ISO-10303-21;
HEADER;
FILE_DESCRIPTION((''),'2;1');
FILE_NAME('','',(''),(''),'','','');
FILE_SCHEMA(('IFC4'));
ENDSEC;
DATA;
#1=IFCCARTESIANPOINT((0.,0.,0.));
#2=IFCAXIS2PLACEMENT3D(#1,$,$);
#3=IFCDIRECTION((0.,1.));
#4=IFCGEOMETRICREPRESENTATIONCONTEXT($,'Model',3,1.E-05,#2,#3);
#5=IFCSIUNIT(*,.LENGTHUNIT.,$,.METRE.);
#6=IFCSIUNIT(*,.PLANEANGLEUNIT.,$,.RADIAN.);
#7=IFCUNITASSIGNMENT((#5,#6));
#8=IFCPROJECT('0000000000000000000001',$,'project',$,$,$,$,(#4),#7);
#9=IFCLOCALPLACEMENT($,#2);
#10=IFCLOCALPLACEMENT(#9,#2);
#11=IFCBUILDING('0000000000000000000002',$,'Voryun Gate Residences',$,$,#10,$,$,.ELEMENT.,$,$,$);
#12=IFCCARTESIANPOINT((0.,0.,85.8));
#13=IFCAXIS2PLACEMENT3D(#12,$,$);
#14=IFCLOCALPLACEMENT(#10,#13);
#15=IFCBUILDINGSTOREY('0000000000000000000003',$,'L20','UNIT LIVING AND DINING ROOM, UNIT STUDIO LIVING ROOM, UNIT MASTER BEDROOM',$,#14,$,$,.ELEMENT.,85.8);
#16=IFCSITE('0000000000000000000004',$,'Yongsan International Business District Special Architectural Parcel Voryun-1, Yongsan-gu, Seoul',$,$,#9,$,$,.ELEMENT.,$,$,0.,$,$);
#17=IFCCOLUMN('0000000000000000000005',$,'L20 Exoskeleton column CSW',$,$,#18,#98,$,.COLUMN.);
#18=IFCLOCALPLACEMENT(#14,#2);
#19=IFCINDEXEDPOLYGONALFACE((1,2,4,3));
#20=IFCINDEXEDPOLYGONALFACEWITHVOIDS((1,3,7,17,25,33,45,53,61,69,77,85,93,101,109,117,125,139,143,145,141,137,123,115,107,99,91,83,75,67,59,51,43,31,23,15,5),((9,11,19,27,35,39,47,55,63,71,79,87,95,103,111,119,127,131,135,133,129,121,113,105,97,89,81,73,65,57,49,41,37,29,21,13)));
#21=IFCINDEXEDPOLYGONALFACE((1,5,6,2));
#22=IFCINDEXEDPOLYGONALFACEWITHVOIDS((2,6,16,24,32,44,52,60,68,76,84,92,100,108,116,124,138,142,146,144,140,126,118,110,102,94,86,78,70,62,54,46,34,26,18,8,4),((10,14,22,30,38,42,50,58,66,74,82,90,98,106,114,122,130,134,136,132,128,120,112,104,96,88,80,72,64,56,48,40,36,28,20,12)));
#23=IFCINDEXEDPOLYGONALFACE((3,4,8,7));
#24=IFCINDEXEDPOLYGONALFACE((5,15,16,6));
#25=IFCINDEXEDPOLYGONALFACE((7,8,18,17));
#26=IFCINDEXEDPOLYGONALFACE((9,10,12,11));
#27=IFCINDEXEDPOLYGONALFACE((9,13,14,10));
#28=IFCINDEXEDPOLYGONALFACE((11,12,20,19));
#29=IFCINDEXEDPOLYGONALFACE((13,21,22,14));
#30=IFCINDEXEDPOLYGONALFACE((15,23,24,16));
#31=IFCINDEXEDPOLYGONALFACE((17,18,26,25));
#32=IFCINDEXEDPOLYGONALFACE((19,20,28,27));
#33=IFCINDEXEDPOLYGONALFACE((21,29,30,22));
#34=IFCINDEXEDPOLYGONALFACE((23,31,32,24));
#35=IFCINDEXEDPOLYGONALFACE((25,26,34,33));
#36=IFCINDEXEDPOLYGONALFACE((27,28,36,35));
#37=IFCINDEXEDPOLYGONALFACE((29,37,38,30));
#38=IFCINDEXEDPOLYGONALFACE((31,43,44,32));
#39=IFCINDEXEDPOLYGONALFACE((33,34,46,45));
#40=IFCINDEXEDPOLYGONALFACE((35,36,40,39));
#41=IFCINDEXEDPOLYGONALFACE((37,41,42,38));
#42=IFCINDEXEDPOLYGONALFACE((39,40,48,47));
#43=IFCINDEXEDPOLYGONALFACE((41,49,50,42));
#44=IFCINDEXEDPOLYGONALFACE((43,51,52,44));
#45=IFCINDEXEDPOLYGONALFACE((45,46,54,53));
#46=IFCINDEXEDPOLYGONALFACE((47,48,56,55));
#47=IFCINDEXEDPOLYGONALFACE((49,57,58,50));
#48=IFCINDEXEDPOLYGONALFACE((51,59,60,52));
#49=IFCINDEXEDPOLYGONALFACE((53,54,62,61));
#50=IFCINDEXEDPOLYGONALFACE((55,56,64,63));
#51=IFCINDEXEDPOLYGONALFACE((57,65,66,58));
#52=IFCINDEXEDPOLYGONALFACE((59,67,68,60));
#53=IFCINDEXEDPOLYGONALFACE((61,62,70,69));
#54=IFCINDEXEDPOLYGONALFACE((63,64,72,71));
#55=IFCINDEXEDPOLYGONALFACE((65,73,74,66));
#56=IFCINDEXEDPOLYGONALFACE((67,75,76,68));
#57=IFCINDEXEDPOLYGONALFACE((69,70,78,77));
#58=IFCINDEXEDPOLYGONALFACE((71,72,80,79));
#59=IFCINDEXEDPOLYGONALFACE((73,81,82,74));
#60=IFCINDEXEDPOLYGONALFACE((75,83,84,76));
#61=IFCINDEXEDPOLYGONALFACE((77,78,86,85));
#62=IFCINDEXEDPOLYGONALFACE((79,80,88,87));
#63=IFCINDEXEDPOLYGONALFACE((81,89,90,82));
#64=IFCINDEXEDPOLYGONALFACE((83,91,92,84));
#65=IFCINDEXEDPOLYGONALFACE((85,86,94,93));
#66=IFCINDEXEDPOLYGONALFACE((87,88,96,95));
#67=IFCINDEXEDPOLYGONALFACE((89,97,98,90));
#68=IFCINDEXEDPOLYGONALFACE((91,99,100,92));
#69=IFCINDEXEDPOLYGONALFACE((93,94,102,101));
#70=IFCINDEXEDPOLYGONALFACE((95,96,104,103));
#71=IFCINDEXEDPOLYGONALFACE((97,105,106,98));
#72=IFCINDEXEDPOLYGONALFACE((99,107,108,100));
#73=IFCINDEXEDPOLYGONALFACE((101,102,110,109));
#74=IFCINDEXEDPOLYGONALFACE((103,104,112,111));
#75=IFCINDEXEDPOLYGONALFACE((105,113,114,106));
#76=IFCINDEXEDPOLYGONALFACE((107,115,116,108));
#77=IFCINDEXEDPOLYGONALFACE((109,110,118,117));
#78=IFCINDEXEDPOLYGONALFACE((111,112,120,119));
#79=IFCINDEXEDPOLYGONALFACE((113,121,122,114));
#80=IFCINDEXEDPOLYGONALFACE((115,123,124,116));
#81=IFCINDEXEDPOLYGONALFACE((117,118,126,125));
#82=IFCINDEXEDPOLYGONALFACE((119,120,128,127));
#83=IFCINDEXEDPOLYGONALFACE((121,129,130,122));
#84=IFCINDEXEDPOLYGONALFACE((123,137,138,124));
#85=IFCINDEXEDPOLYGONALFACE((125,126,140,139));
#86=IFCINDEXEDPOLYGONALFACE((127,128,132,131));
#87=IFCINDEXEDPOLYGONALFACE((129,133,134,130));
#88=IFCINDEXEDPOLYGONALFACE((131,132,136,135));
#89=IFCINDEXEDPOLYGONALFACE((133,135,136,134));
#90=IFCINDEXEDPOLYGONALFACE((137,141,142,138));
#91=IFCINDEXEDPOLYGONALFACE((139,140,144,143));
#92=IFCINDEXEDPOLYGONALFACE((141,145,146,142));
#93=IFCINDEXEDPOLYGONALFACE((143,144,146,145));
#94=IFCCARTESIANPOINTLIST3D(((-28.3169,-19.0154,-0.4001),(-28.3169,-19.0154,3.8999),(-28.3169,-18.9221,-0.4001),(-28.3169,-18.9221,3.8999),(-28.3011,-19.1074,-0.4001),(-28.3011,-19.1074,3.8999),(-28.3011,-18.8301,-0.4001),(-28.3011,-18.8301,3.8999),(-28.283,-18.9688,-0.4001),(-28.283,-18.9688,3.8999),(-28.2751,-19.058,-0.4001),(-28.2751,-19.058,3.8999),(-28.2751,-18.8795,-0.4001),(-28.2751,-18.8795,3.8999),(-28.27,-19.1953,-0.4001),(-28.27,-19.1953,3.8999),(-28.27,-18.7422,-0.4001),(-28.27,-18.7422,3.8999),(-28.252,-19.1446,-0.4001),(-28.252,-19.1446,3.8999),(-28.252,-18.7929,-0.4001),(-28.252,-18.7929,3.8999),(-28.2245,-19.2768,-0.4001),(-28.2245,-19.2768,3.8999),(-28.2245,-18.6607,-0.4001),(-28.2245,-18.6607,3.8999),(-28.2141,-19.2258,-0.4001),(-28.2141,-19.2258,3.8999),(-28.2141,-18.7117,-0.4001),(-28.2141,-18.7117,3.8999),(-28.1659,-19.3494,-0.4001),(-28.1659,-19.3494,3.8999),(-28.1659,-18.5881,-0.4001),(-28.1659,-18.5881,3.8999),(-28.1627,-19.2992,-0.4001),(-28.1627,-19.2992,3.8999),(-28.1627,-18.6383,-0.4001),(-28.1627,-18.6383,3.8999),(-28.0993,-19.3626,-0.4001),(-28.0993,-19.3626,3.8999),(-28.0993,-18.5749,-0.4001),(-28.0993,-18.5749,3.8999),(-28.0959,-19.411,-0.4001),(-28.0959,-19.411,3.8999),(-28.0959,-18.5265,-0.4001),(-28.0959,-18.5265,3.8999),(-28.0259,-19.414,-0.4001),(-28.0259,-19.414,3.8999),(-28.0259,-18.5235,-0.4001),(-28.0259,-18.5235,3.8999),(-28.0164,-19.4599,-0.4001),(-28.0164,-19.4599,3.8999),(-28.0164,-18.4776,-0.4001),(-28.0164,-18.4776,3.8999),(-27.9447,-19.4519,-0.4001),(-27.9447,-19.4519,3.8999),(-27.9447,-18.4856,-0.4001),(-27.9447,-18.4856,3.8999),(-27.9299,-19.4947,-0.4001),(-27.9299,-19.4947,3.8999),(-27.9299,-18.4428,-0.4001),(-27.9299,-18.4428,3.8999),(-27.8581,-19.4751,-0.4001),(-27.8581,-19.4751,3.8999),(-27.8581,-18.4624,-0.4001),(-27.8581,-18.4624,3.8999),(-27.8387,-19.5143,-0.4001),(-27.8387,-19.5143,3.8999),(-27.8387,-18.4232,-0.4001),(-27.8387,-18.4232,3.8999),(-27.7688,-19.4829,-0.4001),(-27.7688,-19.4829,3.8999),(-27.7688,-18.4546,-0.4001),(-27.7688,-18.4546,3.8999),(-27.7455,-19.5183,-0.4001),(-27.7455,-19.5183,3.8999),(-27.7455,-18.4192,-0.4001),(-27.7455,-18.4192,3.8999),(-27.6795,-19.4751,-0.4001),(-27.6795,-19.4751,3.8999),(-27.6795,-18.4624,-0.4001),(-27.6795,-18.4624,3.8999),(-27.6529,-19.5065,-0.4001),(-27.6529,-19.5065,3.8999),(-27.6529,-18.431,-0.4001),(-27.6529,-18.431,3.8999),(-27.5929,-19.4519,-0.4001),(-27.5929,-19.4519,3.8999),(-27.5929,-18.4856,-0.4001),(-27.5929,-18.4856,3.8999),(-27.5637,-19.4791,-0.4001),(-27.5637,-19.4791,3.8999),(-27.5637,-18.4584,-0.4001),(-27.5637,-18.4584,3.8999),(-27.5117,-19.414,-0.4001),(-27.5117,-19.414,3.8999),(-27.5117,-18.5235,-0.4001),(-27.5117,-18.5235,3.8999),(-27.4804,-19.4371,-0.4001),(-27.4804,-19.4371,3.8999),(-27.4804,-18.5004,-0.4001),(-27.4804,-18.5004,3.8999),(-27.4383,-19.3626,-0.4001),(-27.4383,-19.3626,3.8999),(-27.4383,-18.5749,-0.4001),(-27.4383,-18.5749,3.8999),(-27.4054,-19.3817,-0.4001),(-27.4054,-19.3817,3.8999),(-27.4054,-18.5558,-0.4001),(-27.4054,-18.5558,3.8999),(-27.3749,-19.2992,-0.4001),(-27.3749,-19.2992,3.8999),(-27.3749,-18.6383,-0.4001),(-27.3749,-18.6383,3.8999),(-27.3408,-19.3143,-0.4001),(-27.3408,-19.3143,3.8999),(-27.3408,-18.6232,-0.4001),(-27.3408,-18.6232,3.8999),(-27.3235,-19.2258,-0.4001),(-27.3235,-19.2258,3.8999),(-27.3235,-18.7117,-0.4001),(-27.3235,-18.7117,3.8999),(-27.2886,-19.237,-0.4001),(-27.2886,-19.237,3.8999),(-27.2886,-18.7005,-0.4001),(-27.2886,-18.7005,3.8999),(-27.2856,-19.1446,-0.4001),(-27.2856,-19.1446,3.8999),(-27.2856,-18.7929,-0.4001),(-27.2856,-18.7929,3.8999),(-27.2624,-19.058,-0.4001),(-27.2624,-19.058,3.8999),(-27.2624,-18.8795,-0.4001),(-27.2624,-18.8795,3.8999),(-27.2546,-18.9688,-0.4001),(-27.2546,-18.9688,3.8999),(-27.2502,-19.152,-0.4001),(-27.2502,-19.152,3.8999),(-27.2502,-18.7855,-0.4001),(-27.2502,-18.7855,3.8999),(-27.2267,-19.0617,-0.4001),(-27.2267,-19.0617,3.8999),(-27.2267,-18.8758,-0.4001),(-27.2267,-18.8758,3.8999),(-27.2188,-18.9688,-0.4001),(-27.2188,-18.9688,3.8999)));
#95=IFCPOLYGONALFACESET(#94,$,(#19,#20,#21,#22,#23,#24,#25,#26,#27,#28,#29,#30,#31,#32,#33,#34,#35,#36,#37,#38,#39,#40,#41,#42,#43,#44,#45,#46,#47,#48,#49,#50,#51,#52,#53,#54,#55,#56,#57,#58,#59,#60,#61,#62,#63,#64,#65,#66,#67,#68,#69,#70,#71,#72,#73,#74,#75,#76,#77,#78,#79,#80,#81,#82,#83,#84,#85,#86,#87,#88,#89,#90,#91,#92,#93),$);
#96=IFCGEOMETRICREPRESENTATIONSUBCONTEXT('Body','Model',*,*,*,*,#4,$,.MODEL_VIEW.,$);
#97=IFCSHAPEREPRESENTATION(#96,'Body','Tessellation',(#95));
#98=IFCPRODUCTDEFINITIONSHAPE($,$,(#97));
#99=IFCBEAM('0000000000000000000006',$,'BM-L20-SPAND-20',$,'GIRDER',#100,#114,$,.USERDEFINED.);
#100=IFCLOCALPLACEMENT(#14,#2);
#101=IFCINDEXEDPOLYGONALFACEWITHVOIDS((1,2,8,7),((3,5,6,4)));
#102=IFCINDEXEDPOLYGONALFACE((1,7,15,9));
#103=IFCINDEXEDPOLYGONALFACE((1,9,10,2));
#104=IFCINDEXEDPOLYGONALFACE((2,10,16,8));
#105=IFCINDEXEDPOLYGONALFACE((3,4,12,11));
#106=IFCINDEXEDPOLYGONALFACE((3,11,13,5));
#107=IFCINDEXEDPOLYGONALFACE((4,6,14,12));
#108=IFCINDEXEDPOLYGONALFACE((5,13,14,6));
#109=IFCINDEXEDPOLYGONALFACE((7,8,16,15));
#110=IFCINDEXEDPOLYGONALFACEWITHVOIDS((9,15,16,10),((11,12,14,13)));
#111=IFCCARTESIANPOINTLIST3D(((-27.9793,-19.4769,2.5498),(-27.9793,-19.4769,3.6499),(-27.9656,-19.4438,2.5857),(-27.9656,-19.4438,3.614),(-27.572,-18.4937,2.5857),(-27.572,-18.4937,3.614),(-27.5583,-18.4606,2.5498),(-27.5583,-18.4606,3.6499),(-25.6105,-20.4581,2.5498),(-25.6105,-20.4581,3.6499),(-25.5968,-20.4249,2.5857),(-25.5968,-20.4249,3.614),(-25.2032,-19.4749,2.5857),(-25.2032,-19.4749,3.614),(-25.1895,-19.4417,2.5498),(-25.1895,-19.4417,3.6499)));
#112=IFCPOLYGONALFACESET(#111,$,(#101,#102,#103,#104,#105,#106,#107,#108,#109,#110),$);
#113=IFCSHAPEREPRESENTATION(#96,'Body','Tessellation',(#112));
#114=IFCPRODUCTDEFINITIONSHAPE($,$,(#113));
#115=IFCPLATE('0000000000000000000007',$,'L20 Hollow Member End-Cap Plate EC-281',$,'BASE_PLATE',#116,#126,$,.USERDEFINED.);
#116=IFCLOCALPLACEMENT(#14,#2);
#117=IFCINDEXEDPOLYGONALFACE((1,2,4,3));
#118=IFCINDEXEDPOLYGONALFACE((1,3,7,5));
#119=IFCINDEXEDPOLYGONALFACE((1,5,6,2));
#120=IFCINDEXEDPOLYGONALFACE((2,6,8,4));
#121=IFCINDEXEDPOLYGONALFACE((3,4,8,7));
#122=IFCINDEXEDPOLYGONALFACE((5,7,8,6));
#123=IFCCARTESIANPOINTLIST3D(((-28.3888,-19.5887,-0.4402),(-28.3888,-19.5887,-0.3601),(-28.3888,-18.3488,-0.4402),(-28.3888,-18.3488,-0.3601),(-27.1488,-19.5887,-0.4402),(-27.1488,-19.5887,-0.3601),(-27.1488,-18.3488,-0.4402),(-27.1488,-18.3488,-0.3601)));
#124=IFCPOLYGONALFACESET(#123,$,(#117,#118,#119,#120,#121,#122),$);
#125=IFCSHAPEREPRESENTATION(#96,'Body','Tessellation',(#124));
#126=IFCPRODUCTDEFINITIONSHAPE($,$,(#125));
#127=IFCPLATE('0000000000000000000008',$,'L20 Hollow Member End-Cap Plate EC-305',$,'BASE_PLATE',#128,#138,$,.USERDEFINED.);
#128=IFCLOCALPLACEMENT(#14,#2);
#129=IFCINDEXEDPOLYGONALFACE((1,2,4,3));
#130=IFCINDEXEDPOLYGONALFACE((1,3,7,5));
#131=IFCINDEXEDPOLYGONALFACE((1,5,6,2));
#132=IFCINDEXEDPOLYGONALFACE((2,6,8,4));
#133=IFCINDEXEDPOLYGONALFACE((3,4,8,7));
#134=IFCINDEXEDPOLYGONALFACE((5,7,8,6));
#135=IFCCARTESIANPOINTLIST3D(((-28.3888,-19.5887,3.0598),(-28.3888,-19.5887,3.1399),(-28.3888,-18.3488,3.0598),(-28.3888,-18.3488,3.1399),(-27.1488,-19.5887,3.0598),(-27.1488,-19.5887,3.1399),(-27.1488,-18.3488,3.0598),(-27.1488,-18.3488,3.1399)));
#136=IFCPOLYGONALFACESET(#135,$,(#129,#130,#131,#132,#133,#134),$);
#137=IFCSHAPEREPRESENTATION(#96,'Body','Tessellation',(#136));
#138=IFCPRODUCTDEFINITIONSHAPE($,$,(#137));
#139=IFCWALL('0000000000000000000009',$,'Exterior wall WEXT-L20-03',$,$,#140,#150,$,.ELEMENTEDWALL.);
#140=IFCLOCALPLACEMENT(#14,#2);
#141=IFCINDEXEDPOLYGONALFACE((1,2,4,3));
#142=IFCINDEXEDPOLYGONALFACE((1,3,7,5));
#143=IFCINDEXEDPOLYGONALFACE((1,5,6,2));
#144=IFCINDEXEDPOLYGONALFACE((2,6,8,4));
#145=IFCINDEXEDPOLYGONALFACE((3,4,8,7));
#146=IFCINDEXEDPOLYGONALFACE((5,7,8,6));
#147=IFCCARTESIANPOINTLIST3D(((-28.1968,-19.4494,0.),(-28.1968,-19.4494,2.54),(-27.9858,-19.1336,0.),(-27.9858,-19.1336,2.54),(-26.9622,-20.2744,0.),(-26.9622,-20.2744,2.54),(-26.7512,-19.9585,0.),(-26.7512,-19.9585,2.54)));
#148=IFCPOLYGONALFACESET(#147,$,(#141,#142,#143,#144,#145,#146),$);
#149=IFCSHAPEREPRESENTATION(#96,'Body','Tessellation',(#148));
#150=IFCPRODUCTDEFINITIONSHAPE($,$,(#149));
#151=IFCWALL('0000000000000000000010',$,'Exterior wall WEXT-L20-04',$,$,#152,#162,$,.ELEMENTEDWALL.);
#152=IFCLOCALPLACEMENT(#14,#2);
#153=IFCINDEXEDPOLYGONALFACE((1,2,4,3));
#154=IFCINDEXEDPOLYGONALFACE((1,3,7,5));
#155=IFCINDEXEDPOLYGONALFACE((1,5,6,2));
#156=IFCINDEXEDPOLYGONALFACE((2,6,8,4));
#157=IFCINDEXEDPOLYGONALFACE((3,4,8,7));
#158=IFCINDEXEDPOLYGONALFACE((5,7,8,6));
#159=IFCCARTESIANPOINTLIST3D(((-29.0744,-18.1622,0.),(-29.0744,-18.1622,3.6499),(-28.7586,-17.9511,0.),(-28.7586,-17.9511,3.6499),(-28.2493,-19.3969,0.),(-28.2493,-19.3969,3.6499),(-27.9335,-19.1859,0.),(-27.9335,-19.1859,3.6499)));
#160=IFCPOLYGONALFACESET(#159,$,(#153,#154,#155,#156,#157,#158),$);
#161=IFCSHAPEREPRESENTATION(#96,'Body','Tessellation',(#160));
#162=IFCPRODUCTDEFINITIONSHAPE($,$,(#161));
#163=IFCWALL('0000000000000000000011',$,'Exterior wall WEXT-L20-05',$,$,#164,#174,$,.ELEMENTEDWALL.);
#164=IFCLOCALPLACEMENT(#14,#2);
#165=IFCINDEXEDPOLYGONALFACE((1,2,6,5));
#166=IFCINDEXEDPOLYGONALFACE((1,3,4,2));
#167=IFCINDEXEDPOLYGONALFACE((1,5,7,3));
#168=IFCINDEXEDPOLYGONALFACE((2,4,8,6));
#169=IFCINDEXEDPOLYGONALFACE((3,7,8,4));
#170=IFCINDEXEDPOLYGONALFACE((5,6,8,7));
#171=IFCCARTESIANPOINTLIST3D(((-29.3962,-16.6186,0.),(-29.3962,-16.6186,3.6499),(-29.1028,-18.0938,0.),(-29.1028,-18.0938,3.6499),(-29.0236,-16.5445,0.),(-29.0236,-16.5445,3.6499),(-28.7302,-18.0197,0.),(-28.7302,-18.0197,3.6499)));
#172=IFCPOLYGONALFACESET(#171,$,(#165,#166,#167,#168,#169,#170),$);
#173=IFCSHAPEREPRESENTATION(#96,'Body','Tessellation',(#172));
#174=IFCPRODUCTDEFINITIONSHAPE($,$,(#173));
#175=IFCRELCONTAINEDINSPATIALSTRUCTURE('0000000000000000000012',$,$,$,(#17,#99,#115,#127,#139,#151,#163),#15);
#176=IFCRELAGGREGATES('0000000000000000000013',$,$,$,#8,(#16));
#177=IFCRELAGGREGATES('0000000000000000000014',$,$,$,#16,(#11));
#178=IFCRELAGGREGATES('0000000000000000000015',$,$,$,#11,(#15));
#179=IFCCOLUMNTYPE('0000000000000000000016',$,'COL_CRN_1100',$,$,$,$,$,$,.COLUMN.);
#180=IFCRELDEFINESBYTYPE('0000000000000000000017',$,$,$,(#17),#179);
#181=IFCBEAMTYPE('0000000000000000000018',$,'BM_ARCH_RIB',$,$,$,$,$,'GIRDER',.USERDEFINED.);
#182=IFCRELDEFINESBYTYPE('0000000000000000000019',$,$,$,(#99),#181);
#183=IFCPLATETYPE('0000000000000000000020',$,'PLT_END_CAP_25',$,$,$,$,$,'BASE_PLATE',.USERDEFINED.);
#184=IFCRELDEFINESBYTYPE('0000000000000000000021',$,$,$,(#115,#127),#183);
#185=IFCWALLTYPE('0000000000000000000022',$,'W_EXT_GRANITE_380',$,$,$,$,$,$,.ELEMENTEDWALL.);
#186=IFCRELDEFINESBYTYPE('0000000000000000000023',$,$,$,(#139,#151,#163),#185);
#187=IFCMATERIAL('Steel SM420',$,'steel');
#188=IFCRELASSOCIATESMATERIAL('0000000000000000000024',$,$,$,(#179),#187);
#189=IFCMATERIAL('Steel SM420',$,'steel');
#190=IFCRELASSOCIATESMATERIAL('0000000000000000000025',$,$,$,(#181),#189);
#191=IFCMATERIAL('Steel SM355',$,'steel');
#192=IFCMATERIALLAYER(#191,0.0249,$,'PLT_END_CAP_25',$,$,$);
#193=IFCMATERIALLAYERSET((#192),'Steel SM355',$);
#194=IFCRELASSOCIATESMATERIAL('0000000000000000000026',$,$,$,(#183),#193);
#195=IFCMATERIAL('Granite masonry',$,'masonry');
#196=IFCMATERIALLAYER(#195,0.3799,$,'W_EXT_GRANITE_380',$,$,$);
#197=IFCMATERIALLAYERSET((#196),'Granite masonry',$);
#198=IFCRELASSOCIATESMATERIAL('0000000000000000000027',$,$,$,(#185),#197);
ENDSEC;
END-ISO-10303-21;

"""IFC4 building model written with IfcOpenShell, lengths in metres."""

from ifc_helpers import new_model, si_unit, direction, frame, frame_2d, origin, origin_2d, place, context, subcontext, project, spatial, rectangle, hollow_rectangle, hollow_circle, extrude, material, layer, layer_set, material_profile, profile_set, type_object, element, save


model = new_model("IFC4")

# Units and contexts
model_context = context("Model", 3, precision=1e-05, world=origin(), true_north=direction((0.0, 1.0)))
body_context = subcontext(model_context, "Body", "Model", "MODEL_VIEW")
ifc_project = project(units=[si_unit("LENGTHUNIT", "METRE"), si_unit("PLANEANGLEUNIT", "RADIAN")], contexts=[model_context])

# Site, building, storey
site_placement = place(None, origin())
site = spatial("IfcSite", under=ifc_project, at=site_placement, Name="Yongsan International Business District Special Architectural Parcel Voryun-1, Yongsan-gu, Seoul", CompositionType="ELEMENT", RefElevation=0.0)
building_placement = place(site_placement, origin())
building = spatial("IfcBuilding", under=site, at=building_placement, Name="Voryun Gate Residences", CompositionType="ELEMENT")
storey_placement = place(building_placement, frame((0.0, 0.0, 85.8)))
storey = spatial("IfcBuildingStorey", under=building, at=storey_placement, Name="L20", Description="UNIT LIVING AND DINING ROOM, UNIT STUDIO LIVING ROOM, UNIT MASTER BEDROOM", CompositionType="ELEMENT", Elevation=85.8)

# Column
ifc_material_1 = material(Name="Steel SM420", Category="steel")
ifc_material_profile_1 = material_profile(ifc_material_1, hollow_circle(Radius=0.55, WallThickness=0.0359, at=origin_2d()), Name="CHS-1100x36")
ifc_profile_set_1 = profile_set([ifc_material_profile_1], Name="Steel SM420")
column_type = type_object("IfcColumnType", Name="COL_CRN_1100", PredefinedType="COLUMN", material=ifc_profile_set_1)
column_placement = place(storey_placement, frame((-27.7688, -18.9688, -0.4001), z_axis=(0.0, 0.0, 1.0), x_axis=(1.0, 0.0, 0.0)))
element("IfcColumn", 1, at=column_placement, inside=storey, type_object=column_type, Name="L20 Exoskeleton column CSW", PredefinedType="COLUMN", context=body_context, shape_type="SweptSolid", body=[
    extrude(hollow_circle(Radius=0.55, WallThickness=0.0359, at=origin_2d()), origin(), (0.0, 0.0, 1.0), 4.3),
])

# Beam
ifc_material_2 = material(Name="Steel SM420", Category="steel")
ifc_material_profile_2 = material_profile(ifc_material_2, hollow_rectangle(XDim=1.1001, YDim=1.1001, WallThickness=0.0359, at=origin_2d()), Name="BOX-1100x1100x36")
ifc_profile_set_2 = profile_set([ifc_material_profile_2], Name="Steel SM420")
beam_type = type_object("IfcBeamType", Name="BM_ARCH_RIB", ElementType="GIRDER", PredefinedType="USERDEFINED", material=ifc_profile_set_2)
beam_placement = place(storey_placement, frame((-27.7688, -18.9688, 3.0999), z_axis=(0.923883, -0.382674, 0.0), x_axis=(0.382674, 0.923883, 0.0)))
element("IfcBeam", 2, at=beam_placement, inside=storey, type_object=beam_type, Name="BM-L20-SPAND-20", ObjectType="GIRDER", PredefinedType="USERDEFINED", context=body_context, shape_type="SweptSolid", body=[
    extrude(hollow_rectangle(XDim=1.1001, YDim=1.1001, WallThickness=0.0359, at=origin_2d()), origin(), (0.0, 0.0, 1.0), 2.564),
])

# Plates
ifc_material_3 = material(Name="Steel SM355", Category="steel")
ifc_layer_1 = layer(ifc_material_3, 0.0249, Name="PLT_END_CAP_25")
ifc_layer_set_1 = layer_set([ifc_layer_1], Name="Steel SM355")
plate_type = type_object("IfcPlateType", Name="PLT_END_CAP_25", ElementType="BASE_PLATE", PredefinedType="USERDEFINED", material=ifc_layer_set_1)
for number, where, z_axis, x_axis, name in (
    (3, (-27.7688, -18.9688, -0.4402), (0.0, 0.0, 1.0), (1.0, 0.0, 0.0), "L20 Hollow Member End-Cap Plate EC-281"),
    (4, (-27.7688, -18.9688, 3.0598), (0.0, 0.0, 1.0), (1.0, 0.0, 0.0), "L20 Hollow Member End-Cap Plate EC-305"),
):
    element("IfcPlate", number, at=place(storey_placement, frame(where, z_axis=z_axis, x_axis=x_axis)), inside=storey, type_object=plate_type, Name=name, ObjectType="BASE_PLATE", PredefinedType="USERDEFINED", context=body_context, shape_type="SweptSolid", body=[
        extrude(rectangle(XDim=1.24, YDim=1.24, at=origin_2d()), origin(), (0.0, 0.0, 1.0), 0.0801),
    ])

# Walls
ifc_material_4 = material(Name="Granite masonry", Category="masonry")
ifc_layer_2 = layer(ifc_material_4, 0.3799, Name="W_EXT_GRANITE_380")
ifc_layer_set_2 = layer_set([ifc_layer_2], Name="Granite masonry")
wall_type_1 = type_object("IfcWallType", Name="W_EXT_GRANITE_380", PredefinedType="ELEMENTEDWALL", material=ifc_layer_set_2)
wall_1_placement = place(storey_placement, frame((-26.8567, -20.1165, 0.0), z_axis=(0.0, 0.0, 1.0), x_axis=(-0.831468, 0.555573, 0.0)))
element("IfcWall", 5, at=wall_1_placement, inside=storey, type_object=wall_type_1, Name="Exterior wall WEXT-L20-03", PredefinedType="ELEMENTEDWALL", context=body_context, shape_type="SweptSolid", body=[
    extrude(rectangle(XDim=1.4849, YDim=0.3799, at=frame_2d((0.7424, 0.0))), origin(), (0.0, 0.0, 1.0), 2.54),
])
wall_2_placement = place(storey_placement, frame((-28.0913, -19.2915, 0.0), z_axis=(0.0, 0.0, 1.0), x_axis=(-0.55561, 0.831443, 0.0)))
element("IfcWall", 6, at=wall_2_placement, inside=storey, type_object=wall_type_1, Name="Exterior wall WEXT-L20-04", PredefinedType="ELEMENTEDWALL", context=body_context, shape_type="SweptSolid", body=[
    extrude(rectangle(XDim=1.4851, YDim=0.3799, at=frame_2d((0.7427, 0.0))), origin(), (0.0, 0.0, 1.0), 3.6499),
])
wall_3_placement = place(storey_placement, frame((-28.9165, -18.0566, 0.0), z_axis=(0.0, 0.0, 1.0), x_axis=(-0.195086, 0.980786, 0.0)))
element("IfcWall", 7, at=wall_3_placement, inside=storey, type_object=wall_type_1, Name="Exterior wall WEXT-L20-05", PredefinedType="ELEMENTEDWALL", context=body_context, shape_type="SweptSolid", body=[
    extrude(rectangle(XDim=1.5042, YDim=0.3799, at=frame_2d((0.752, 0.0))), origin(), (0.0, 0.0, 1.0), 3.6499),
])

save(model, "model.ifc")
